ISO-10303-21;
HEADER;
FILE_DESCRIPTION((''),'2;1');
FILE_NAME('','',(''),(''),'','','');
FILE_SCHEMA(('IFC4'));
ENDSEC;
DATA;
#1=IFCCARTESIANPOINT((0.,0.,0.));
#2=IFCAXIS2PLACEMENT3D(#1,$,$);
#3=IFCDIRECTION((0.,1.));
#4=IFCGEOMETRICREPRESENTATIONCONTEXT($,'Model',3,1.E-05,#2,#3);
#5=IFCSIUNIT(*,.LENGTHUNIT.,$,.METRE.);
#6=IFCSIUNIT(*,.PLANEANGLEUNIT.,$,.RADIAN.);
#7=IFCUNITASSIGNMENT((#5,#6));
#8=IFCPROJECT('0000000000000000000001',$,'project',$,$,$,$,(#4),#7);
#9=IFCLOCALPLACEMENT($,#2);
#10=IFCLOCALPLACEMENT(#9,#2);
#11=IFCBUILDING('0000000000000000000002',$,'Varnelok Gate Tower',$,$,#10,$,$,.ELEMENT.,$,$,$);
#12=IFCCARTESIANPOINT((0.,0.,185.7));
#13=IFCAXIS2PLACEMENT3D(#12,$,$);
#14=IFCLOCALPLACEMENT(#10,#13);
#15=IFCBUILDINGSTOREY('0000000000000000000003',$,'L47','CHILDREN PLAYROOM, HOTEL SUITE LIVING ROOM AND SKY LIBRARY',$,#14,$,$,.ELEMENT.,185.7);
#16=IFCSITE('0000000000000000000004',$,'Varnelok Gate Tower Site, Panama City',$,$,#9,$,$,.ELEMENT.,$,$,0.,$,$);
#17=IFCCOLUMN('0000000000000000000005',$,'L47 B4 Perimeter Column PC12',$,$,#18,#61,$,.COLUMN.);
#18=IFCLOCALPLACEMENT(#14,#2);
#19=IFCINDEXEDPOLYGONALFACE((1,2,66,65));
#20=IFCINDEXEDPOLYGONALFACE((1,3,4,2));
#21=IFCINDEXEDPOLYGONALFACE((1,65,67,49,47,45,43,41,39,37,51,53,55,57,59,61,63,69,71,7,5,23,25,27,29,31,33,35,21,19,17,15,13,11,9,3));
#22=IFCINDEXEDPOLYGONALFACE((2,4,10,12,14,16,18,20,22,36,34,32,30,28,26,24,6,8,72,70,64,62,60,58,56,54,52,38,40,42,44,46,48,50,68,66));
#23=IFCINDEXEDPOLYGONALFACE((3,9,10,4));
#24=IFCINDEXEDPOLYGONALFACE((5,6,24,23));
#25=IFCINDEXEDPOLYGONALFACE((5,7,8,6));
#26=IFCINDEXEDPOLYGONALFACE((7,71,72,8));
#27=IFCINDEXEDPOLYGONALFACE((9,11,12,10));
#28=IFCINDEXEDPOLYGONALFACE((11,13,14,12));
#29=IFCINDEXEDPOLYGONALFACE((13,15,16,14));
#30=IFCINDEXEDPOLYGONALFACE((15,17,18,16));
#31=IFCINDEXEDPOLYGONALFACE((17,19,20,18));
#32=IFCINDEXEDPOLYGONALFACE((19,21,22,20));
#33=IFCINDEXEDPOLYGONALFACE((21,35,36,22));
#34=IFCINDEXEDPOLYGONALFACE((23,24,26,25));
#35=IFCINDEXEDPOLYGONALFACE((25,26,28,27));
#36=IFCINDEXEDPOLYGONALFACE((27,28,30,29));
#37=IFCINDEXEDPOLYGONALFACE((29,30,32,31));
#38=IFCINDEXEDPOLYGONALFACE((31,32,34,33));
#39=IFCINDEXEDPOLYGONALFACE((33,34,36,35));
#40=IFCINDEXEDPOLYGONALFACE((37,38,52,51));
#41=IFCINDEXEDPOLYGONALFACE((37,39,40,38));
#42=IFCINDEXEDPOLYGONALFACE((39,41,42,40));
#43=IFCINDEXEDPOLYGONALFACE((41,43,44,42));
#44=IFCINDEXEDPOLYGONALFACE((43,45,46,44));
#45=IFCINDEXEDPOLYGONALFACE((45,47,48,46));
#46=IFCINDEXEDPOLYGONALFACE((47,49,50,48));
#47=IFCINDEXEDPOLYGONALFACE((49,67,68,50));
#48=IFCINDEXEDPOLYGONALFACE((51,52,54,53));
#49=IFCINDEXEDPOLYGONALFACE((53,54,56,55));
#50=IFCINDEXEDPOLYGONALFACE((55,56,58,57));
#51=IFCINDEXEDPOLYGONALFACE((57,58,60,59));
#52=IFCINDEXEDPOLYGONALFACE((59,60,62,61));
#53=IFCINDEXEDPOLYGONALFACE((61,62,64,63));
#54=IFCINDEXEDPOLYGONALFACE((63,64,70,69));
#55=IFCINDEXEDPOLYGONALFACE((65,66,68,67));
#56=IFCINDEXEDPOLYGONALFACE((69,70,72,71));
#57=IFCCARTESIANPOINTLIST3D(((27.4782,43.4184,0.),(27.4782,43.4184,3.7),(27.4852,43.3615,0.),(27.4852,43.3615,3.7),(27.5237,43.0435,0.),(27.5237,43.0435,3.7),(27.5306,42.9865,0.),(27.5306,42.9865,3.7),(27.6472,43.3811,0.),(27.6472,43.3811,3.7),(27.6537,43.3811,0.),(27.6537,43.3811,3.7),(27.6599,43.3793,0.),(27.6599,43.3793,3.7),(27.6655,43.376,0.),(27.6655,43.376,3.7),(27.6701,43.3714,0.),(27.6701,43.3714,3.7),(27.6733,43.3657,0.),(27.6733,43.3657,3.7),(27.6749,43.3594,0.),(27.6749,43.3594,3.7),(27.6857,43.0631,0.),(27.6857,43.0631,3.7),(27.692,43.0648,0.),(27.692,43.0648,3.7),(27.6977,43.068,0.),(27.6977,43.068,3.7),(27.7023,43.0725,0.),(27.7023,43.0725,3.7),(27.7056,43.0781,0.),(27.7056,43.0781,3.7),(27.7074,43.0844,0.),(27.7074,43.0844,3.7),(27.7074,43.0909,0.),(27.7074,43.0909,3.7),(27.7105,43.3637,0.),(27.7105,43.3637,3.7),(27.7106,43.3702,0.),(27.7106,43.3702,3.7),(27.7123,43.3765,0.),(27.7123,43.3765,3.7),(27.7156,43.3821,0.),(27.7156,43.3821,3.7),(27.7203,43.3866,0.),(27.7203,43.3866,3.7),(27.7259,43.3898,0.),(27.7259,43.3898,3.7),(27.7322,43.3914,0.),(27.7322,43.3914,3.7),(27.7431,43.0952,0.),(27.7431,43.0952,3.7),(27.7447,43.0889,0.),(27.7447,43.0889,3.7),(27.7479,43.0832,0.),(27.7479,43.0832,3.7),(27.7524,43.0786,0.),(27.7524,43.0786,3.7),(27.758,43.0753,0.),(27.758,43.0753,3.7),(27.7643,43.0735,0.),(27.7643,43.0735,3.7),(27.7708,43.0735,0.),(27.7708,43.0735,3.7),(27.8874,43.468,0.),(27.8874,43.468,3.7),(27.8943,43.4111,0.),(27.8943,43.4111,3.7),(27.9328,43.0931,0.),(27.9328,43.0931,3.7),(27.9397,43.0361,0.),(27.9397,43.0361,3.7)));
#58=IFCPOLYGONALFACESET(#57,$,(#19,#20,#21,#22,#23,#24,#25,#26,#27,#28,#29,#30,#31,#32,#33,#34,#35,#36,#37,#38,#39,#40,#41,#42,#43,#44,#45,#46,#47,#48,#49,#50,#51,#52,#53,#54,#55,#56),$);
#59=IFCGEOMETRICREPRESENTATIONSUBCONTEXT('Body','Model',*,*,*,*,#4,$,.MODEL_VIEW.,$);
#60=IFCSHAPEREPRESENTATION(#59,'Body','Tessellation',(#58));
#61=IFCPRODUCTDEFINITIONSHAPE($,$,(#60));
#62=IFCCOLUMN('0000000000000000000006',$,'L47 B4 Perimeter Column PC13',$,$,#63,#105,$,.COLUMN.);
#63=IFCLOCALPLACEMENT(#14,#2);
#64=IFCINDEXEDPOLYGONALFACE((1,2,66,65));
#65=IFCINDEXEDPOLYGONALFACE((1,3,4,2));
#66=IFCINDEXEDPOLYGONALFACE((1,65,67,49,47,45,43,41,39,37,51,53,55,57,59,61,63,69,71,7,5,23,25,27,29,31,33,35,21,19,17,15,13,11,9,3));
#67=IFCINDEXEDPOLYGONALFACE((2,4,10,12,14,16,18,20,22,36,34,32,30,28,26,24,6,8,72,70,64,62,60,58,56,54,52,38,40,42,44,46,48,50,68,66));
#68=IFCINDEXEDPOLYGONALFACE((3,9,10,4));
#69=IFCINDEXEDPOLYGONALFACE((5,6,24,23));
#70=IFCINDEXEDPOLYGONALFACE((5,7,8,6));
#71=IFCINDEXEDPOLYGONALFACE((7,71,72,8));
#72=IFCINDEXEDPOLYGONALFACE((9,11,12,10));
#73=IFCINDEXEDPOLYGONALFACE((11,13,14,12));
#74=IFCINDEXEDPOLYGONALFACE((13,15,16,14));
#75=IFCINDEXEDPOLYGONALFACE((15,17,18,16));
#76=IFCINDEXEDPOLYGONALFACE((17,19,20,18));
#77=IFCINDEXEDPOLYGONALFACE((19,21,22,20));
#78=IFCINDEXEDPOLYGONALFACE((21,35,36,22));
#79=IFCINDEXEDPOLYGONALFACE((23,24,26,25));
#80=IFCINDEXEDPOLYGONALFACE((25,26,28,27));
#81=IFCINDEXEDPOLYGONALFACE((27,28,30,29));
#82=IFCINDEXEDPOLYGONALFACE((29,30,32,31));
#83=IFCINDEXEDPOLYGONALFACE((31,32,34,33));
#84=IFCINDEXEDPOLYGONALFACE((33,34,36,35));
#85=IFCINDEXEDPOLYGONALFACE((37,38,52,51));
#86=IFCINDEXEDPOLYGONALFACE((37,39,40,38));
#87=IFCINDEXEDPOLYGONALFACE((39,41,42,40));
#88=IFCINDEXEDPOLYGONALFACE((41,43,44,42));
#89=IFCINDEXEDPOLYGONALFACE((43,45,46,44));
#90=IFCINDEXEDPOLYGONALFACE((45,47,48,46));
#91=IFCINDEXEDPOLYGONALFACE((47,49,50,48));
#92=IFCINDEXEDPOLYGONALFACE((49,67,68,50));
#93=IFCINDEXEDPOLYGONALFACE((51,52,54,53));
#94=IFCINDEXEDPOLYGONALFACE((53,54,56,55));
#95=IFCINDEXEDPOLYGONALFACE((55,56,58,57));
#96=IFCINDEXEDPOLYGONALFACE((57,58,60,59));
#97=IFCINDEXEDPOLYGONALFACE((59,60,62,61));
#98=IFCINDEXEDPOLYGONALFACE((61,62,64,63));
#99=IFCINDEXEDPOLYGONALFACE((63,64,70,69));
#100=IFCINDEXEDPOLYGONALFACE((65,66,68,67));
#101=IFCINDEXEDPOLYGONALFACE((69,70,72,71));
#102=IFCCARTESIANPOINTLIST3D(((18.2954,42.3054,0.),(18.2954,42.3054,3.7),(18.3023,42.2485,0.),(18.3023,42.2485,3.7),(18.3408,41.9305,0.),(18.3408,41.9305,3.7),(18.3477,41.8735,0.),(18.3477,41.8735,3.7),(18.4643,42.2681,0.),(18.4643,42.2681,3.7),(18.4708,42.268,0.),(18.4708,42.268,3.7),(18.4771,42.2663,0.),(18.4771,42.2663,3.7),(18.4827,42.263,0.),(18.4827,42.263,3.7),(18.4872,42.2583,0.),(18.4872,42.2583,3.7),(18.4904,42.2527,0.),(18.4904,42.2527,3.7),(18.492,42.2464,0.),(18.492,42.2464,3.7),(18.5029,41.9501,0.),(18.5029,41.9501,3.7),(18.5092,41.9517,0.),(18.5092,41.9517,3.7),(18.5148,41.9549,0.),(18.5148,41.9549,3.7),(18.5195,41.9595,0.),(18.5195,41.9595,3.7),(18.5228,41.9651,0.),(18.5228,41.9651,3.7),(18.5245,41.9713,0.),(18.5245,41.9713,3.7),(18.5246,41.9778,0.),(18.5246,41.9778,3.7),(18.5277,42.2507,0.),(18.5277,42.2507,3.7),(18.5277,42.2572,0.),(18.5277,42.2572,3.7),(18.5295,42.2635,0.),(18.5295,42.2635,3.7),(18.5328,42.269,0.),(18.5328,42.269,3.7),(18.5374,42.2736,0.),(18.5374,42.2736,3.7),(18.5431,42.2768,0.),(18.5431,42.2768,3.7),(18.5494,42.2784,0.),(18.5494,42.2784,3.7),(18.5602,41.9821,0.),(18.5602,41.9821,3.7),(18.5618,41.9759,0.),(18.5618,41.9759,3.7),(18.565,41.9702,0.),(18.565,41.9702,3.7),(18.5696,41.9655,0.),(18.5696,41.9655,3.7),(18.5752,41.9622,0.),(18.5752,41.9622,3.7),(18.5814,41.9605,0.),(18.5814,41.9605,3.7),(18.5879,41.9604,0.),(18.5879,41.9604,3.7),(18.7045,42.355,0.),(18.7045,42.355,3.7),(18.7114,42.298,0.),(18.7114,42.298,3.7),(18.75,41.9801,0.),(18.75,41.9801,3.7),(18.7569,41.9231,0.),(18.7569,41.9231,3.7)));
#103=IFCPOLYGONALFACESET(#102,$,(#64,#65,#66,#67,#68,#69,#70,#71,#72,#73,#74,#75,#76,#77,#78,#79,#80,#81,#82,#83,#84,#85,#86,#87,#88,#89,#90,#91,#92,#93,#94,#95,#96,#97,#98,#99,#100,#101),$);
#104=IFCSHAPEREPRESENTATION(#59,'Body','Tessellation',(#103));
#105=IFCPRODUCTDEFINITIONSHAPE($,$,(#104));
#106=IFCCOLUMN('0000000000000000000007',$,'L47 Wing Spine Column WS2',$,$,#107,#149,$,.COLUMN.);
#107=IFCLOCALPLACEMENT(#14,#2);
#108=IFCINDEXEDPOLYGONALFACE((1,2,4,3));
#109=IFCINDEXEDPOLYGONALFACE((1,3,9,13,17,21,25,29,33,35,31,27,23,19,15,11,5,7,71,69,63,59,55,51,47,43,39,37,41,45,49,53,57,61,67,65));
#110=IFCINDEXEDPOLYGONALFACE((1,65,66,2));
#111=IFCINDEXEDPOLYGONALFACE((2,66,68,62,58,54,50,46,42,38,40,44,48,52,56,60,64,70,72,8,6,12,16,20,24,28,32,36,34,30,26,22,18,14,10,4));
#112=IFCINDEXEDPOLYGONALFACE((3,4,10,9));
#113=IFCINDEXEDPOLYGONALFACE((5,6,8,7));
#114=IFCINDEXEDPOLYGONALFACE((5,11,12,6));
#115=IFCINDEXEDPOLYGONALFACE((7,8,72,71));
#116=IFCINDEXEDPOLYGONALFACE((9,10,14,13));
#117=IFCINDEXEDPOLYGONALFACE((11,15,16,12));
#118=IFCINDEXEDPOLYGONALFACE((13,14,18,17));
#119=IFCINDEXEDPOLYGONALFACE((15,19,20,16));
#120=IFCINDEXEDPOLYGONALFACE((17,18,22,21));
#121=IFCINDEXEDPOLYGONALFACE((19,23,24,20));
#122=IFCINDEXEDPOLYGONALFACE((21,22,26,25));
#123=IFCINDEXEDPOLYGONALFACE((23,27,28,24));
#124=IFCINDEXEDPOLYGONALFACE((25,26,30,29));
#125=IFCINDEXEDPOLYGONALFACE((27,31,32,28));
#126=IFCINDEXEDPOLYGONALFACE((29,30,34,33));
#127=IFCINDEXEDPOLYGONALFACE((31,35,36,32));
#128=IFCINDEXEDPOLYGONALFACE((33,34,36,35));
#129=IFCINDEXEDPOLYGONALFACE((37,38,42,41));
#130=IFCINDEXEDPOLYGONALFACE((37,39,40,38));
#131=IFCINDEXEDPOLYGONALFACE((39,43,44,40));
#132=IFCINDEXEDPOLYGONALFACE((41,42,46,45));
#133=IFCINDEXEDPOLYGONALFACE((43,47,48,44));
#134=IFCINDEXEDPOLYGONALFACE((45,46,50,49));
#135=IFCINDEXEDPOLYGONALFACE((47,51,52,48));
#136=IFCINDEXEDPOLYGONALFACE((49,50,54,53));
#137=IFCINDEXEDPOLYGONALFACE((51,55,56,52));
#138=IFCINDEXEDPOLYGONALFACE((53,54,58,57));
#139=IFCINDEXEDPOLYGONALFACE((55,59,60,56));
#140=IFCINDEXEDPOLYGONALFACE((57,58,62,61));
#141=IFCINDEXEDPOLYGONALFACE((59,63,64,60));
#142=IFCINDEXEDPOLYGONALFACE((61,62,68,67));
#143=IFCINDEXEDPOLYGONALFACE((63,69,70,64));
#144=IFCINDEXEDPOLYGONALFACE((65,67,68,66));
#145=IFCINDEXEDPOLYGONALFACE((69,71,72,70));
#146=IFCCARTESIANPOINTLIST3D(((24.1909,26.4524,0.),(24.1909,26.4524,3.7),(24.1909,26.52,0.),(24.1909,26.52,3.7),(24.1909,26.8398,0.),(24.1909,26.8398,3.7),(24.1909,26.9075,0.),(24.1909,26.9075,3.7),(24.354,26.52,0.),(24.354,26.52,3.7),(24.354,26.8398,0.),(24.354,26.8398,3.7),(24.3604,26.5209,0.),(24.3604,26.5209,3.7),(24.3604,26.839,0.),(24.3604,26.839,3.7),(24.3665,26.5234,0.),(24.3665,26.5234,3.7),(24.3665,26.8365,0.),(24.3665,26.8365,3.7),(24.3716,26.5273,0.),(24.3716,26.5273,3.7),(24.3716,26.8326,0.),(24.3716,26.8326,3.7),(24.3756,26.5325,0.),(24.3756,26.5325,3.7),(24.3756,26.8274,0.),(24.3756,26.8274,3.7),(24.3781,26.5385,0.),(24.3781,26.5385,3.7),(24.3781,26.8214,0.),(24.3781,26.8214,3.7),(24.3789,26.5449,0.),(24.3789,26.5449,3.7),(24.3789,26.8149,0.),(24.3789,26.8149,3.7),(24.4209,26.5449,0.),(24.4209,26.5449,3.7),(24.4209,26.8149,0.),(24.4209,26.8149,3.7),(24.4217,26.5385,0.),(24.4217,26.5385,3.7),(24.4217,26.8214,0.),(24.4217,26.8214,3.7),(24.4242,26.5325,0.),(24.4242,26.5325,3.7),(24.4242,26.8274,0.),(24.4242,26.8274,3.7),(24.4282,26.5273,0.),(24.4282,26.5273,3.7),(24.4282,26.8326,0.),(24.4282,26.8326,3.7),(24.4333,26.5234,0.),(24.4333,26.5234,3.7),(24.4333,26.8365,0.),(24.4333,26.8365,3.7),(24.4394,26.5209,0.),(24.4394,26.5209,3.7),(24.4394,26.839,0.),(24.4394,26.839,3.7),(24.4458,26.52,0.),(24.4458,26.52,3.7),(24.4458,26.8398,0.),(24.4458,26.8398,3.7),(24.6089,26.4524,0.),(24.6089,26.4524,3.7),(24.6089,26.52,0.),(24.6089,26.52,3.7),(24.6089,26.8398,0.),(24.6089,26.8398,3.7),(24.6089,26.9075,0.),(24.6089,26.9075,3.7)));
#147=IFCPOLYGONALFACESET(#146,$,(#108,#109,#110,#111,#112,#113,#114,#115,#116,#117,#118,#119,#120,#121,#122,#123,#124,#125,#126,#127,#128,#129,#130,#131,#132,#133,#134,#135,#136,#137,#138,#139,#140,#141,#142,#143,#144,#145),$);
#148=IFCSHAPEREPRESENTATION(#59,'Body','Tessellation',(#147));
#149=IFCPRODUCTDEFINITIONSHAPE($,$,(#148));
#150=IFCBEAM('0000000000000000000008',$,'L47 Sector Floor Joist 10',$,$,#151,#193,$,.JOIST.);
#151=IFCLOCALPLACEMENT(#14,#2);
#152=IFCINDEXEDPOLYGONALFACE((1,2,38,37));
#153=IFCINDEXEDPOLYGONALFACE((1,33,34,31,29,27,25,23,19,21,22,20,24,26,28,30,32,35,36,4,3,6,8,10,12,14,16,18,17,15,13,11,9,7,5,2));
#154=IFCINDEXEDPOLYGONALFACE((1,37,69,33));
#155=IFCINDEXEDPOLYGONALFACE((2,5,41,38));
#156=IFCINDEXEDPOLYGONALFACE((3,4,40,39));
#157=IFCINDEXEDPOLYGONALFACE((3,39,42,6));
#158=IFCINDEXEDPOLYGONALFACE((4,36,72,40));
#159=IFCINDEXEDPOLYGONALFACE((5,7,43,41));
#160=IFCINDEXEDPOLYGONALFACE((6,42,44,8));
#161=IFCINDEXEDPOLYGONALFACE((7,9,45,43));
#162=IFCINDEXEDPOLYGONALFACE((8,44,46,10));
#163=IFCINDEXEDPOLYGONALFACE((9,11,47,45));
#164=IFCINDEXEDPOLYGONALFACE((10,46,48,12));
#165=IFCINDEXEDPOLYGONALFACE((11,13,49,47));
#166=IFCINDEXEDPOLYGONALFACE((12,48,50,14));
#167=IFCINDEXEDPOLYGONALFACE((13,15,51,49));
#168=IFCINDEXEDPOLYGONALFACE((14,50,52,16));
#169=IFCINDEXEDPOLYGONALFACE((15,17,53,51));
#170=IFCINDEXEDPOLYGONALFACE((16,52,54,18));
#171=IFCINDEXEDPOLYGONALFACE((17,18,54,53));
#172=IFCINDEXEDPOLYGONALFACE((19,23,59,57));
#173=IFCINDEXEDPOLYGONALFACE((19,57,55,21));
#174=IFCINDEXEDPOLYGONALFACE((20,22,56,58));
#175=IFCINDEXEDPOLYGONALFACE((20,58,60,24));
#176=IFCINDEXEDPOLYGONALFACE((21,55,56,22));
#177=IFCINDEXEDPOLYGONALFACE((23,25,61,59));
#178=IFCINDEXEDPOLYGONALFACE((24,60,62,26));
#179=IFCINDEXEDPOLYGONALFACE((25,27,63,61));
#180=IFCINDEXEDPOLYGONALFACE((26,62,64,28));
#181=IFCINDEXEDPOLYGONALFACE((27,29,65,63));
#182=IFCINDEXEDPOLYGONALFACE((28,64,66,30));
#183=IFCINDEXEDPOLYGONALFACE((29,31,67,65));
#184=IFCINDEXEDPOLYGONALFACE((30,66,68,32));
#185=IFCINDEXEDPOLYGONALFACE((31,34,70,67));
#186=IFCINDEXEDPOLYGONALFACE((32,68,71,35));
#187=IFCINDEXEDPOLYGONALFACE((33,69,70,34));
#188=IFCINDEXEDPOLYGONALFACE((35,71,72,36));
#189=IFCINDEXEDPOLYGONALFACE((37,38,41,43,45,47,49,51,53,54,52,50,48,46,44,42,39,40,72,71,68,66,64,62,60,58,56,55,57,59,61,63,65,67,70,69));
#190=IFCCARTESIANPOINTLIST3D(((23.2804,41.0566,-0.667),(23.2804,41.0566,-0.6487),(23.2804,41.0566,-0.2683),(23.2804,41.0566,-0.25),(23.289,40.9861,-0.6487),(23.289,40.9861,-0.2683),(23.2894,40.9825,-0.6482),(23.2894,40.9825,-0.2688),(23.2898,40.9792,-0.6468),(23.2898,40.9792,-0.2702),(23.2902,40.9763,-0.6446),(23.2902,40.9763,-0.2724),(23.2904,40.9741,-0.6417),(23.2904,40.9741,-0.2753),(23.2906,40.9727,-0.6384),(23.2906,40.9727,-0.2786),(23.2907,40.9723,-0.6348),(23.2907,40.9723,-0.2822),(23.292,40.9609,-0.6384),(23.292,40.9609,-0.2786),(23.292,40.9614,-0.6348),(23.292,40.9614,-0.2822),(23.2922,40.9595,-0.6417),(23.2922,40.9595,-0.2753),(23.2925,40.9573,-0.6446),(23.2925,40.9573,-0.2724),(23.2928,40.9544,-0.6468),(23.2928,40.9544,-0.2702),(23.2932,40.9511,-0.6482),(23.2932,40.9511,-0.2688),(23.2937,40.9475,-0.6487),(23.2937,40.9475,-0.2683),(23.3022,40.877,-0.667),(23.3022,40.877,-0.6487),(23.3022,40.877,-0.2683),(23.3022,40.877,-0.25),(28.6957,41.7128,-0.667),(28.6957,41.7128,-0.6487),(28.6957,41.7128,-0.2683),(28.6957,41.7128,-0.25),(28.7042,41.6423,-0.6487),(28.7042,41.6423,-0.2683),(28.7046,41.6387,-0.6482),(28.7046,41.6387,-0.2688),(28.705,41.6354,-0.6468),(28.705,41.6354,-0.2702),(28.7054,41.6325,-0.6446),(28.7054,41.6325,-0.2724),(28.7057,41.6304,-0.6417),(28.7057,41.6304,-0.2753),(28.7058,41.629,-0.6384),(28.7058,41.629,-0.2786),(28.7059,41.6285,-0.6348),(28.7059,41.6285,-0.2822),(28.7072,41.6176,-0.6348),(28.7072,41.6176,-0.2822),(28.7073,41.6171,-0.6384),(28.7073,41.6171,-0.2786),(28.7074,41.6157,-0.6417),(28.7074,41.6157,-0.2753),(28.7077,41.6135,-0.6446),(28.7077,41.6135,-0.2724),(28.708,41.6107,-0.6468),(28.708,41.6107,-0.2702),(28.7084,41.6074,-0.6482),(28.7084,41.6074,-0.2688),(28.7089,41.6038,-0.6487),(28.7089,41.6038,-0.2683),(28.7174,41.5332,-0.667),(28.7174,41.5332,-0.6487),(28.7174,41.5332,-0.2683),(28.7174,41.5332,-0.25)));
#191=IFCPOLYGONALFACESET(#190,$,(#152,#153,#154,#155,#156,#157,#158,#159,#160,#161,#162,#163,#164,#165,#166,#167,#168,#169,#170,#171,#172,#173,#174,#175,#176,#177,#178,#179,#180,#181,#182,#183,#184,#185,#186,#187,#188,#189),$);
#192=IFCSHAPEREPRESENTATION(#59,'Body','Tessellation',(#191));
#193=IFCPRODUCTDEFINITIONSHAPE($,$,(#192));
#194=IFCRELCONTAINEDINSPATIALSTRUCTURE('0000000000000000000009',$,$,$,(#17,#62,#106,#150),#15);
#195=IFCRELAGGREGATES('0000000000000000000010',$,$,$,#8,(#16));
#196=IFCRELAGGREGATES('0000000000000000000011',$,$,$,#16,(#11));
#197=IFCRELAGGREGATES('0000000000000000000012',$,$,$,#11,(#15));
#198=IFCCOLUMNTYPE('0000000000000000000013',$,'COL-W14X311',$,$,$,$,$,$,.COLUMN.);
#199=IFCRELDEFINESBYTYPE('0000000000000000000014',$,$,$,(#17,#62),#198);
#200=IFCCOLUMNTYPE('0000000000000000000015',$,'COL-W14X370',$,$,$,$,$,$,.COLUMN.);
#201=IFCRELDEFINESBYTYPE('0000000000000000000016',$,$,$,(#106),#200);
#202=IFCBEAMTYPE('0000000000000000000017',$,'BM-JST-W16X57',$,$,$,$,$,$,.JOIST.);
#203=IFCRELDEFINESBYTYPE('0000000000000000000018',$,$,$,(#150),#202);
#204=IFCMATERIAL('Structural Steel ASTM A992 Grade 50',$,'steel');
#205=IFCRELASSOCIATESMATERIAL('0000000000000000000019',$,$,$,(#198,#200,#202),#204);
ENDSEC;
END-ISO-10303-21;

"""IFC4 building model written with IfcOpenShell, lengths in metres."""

from ifc_helpers import new_model, si_unit, direction, frame, origin, origin_2d, place, context, subcontext, project, spatial, i_section, extrude, material, material_profile, profile_set, type_object, element, save


model = new_model("IFC4")

# Units and contexts
model_context = context("Model", 3, precision=1e-05, world=origin(), true_north=direction((0.0, 1.0)))
body_context = subcontext(model_context, "Body", "Model", "MODEL_VIEW")
ifc_project = project(units=[si_unit("LENGTHUNIT", "METRE"), si_unit("PLANEANGLEUNIT", "RADIAN")], contexts=[model_context])

# Site, building, storey
site_placement = place(None, origin())
site = spatial("IfcSite", under=ifc_project, at=site_placement, Name="Varnelok Gate Tower Site, Panama City", CompositionType="ELEMENT", RefElevation=0.0)
building_placement = place(site_placement, origin())
building = spatial("IfcBuilding", under=site, at=building_placement, Name="Varnelok Gate Tower", CompositionType="ELEMENT")
storey_placement = place(building_placement, frame((0.0, 0.0, 185.7)))
storey = spatial("IfcBuildingStorey", under=building, at=storey_placement, Name="L47", Description="CHILDREN PLAYROOM, HOTEL SUITE LIVING ROOM AND SKY LIBRARY", CompositionType="ELEMENT", Elevation=185.7)

# Columns
ifc_material_1 = material(Name="Structural Steel ASTM A992 Grade 50", Category="steel")
ifc_material_profile_1 = material_profile(ifc_material_1, i_section(OverallWidth=0.4121, OverallDepth=0.4351, WebThickness=0.0359, FlangeThickness=0.0574, FilletRadius=0.0249, at=origin_2d()), Name="W14X311")
ifc_profile_set_1 = profile_set([ifc_material_profile_1], Name="Structural Steel ASTM A992 Grade 50")
column_type_1 = type_object("IfcColumnType", Name="COL-W14X311", PredefinedType="COLUMN", material=ifc_profile_set_1)
for number, where, z_axis, x_axis, name in (
    (1, (27.709, 43.2273, 0.0), (0.0, 0.0, 1.0), (0.992732, 0.120345, 0.0), "L47 B4 Perimeter Column PC12"),
    (2, (18.5261, 42.1143, 0.0), (0.0, 0.0, 1.0), (0.992732, 0.120345, 0.0), "L47 B4 Perimeter Column PC13"),
):
    element("IfcColumn", number, at=place(storey_placement, frame(where, z_axis=z_axis, x_axis=x_axis)), inside=storey, type_object=column_type_1, Name=name, PredefinedType="COLUMN", context=body_context, shape_type="SweptSolid", body=[
        extrude(i_section(OverallWidth=0.4121, OverallDepth=0.4351, WebThickness=0.0359, FlangeThickness=0.0574, FilletRadius=0.0249, at=origin_2d()), origin(), (0.0, 0.0, 1.0), 3.7),
    ])
ifc_material_profile_2 = material_profile(ifc_material_1, i_section(OverallWidth=0.418, OverallDepth=0.4551, WebThickness=0.042, FlangeThickness=0.0676, FilletRadius=0.0249, at=origin_2d()), Name="W14X370")
ifc_profile_set_2 = profile_set([ifc_material_profile_2], Name="Structural Steel ASTM A992 Grade 50")
column_type_2 = type_object("IfcColumnType", Name="COL-W14X370", PredefinedType="COLUMN", material=ifc_profile_set_2)
column_placement = place(storey_placement, frame((24.3999, 26.6799, 0.0), z_axis=(0.0, 0.0, 1.0), x_axis=(1.0, 0.0, 0.0)))
element("IfcColumn", 3, at=column_placement, inside=storey, type_object=column_type_2, Name="L47 Wing Spine Column WS2", PredefinedType="COLUMN", context=body_context, shape_type="SweptSolid", body=[
    extrude(i_section(OverallWidth=0.418, OverallDepth=0.4551, WebThickness=0.042, FlangeThickness=0.0676, FilletRadius=0.0249, at=origin_2d()), origin(), (0.0, 0.0, 1.0), 3.7),
])

# Beam
ifc_material_profile_3 = material_profile(ifc_material_1, i_section(OverallWidth=0.1809, OverallDepth=0.417, WebThickness=0.011, FlangeThickness=0.0183, FilletRadius=0.0139, at=origin_2d()), Name="W16X57")
ifc_profile_set_3 = profile_set([ifc_material_profile_3], Name="Structural Steel ASTM A992 Grade 50")
beam_type_1 = type_object("IfcBeamType", Name="BM-JST-W16X57", PredefinedType="JOIST", material=ifc_profile_set_3)
beam_1_placement = place(storey_placement, frame((28.7065, 41.623, -0.4585), z_axis=(-0.992737, -0.120305, 0.0), x_axis=(0.120305, -0.992737, 0.0)))
element("IfcBeam", 4, at=beam_1_placement, inside=storey, type_object=beam_type_1, Name="L47 Sector Floor Joist 10", PredefinedType="JOIST", context=body_context, shape_type="SweptSolid", body=[
    extrude(i_section(OverallWidth=0.1809, OverallDepth=0.417, WebThickness=0.011, FlangeThickness=0.0183, FilletRadius=0.0139, at=origin_2d()), origin(), (0.0, 0.0, 1.0), 5.4548),
])

save(model, "model.ifc")
